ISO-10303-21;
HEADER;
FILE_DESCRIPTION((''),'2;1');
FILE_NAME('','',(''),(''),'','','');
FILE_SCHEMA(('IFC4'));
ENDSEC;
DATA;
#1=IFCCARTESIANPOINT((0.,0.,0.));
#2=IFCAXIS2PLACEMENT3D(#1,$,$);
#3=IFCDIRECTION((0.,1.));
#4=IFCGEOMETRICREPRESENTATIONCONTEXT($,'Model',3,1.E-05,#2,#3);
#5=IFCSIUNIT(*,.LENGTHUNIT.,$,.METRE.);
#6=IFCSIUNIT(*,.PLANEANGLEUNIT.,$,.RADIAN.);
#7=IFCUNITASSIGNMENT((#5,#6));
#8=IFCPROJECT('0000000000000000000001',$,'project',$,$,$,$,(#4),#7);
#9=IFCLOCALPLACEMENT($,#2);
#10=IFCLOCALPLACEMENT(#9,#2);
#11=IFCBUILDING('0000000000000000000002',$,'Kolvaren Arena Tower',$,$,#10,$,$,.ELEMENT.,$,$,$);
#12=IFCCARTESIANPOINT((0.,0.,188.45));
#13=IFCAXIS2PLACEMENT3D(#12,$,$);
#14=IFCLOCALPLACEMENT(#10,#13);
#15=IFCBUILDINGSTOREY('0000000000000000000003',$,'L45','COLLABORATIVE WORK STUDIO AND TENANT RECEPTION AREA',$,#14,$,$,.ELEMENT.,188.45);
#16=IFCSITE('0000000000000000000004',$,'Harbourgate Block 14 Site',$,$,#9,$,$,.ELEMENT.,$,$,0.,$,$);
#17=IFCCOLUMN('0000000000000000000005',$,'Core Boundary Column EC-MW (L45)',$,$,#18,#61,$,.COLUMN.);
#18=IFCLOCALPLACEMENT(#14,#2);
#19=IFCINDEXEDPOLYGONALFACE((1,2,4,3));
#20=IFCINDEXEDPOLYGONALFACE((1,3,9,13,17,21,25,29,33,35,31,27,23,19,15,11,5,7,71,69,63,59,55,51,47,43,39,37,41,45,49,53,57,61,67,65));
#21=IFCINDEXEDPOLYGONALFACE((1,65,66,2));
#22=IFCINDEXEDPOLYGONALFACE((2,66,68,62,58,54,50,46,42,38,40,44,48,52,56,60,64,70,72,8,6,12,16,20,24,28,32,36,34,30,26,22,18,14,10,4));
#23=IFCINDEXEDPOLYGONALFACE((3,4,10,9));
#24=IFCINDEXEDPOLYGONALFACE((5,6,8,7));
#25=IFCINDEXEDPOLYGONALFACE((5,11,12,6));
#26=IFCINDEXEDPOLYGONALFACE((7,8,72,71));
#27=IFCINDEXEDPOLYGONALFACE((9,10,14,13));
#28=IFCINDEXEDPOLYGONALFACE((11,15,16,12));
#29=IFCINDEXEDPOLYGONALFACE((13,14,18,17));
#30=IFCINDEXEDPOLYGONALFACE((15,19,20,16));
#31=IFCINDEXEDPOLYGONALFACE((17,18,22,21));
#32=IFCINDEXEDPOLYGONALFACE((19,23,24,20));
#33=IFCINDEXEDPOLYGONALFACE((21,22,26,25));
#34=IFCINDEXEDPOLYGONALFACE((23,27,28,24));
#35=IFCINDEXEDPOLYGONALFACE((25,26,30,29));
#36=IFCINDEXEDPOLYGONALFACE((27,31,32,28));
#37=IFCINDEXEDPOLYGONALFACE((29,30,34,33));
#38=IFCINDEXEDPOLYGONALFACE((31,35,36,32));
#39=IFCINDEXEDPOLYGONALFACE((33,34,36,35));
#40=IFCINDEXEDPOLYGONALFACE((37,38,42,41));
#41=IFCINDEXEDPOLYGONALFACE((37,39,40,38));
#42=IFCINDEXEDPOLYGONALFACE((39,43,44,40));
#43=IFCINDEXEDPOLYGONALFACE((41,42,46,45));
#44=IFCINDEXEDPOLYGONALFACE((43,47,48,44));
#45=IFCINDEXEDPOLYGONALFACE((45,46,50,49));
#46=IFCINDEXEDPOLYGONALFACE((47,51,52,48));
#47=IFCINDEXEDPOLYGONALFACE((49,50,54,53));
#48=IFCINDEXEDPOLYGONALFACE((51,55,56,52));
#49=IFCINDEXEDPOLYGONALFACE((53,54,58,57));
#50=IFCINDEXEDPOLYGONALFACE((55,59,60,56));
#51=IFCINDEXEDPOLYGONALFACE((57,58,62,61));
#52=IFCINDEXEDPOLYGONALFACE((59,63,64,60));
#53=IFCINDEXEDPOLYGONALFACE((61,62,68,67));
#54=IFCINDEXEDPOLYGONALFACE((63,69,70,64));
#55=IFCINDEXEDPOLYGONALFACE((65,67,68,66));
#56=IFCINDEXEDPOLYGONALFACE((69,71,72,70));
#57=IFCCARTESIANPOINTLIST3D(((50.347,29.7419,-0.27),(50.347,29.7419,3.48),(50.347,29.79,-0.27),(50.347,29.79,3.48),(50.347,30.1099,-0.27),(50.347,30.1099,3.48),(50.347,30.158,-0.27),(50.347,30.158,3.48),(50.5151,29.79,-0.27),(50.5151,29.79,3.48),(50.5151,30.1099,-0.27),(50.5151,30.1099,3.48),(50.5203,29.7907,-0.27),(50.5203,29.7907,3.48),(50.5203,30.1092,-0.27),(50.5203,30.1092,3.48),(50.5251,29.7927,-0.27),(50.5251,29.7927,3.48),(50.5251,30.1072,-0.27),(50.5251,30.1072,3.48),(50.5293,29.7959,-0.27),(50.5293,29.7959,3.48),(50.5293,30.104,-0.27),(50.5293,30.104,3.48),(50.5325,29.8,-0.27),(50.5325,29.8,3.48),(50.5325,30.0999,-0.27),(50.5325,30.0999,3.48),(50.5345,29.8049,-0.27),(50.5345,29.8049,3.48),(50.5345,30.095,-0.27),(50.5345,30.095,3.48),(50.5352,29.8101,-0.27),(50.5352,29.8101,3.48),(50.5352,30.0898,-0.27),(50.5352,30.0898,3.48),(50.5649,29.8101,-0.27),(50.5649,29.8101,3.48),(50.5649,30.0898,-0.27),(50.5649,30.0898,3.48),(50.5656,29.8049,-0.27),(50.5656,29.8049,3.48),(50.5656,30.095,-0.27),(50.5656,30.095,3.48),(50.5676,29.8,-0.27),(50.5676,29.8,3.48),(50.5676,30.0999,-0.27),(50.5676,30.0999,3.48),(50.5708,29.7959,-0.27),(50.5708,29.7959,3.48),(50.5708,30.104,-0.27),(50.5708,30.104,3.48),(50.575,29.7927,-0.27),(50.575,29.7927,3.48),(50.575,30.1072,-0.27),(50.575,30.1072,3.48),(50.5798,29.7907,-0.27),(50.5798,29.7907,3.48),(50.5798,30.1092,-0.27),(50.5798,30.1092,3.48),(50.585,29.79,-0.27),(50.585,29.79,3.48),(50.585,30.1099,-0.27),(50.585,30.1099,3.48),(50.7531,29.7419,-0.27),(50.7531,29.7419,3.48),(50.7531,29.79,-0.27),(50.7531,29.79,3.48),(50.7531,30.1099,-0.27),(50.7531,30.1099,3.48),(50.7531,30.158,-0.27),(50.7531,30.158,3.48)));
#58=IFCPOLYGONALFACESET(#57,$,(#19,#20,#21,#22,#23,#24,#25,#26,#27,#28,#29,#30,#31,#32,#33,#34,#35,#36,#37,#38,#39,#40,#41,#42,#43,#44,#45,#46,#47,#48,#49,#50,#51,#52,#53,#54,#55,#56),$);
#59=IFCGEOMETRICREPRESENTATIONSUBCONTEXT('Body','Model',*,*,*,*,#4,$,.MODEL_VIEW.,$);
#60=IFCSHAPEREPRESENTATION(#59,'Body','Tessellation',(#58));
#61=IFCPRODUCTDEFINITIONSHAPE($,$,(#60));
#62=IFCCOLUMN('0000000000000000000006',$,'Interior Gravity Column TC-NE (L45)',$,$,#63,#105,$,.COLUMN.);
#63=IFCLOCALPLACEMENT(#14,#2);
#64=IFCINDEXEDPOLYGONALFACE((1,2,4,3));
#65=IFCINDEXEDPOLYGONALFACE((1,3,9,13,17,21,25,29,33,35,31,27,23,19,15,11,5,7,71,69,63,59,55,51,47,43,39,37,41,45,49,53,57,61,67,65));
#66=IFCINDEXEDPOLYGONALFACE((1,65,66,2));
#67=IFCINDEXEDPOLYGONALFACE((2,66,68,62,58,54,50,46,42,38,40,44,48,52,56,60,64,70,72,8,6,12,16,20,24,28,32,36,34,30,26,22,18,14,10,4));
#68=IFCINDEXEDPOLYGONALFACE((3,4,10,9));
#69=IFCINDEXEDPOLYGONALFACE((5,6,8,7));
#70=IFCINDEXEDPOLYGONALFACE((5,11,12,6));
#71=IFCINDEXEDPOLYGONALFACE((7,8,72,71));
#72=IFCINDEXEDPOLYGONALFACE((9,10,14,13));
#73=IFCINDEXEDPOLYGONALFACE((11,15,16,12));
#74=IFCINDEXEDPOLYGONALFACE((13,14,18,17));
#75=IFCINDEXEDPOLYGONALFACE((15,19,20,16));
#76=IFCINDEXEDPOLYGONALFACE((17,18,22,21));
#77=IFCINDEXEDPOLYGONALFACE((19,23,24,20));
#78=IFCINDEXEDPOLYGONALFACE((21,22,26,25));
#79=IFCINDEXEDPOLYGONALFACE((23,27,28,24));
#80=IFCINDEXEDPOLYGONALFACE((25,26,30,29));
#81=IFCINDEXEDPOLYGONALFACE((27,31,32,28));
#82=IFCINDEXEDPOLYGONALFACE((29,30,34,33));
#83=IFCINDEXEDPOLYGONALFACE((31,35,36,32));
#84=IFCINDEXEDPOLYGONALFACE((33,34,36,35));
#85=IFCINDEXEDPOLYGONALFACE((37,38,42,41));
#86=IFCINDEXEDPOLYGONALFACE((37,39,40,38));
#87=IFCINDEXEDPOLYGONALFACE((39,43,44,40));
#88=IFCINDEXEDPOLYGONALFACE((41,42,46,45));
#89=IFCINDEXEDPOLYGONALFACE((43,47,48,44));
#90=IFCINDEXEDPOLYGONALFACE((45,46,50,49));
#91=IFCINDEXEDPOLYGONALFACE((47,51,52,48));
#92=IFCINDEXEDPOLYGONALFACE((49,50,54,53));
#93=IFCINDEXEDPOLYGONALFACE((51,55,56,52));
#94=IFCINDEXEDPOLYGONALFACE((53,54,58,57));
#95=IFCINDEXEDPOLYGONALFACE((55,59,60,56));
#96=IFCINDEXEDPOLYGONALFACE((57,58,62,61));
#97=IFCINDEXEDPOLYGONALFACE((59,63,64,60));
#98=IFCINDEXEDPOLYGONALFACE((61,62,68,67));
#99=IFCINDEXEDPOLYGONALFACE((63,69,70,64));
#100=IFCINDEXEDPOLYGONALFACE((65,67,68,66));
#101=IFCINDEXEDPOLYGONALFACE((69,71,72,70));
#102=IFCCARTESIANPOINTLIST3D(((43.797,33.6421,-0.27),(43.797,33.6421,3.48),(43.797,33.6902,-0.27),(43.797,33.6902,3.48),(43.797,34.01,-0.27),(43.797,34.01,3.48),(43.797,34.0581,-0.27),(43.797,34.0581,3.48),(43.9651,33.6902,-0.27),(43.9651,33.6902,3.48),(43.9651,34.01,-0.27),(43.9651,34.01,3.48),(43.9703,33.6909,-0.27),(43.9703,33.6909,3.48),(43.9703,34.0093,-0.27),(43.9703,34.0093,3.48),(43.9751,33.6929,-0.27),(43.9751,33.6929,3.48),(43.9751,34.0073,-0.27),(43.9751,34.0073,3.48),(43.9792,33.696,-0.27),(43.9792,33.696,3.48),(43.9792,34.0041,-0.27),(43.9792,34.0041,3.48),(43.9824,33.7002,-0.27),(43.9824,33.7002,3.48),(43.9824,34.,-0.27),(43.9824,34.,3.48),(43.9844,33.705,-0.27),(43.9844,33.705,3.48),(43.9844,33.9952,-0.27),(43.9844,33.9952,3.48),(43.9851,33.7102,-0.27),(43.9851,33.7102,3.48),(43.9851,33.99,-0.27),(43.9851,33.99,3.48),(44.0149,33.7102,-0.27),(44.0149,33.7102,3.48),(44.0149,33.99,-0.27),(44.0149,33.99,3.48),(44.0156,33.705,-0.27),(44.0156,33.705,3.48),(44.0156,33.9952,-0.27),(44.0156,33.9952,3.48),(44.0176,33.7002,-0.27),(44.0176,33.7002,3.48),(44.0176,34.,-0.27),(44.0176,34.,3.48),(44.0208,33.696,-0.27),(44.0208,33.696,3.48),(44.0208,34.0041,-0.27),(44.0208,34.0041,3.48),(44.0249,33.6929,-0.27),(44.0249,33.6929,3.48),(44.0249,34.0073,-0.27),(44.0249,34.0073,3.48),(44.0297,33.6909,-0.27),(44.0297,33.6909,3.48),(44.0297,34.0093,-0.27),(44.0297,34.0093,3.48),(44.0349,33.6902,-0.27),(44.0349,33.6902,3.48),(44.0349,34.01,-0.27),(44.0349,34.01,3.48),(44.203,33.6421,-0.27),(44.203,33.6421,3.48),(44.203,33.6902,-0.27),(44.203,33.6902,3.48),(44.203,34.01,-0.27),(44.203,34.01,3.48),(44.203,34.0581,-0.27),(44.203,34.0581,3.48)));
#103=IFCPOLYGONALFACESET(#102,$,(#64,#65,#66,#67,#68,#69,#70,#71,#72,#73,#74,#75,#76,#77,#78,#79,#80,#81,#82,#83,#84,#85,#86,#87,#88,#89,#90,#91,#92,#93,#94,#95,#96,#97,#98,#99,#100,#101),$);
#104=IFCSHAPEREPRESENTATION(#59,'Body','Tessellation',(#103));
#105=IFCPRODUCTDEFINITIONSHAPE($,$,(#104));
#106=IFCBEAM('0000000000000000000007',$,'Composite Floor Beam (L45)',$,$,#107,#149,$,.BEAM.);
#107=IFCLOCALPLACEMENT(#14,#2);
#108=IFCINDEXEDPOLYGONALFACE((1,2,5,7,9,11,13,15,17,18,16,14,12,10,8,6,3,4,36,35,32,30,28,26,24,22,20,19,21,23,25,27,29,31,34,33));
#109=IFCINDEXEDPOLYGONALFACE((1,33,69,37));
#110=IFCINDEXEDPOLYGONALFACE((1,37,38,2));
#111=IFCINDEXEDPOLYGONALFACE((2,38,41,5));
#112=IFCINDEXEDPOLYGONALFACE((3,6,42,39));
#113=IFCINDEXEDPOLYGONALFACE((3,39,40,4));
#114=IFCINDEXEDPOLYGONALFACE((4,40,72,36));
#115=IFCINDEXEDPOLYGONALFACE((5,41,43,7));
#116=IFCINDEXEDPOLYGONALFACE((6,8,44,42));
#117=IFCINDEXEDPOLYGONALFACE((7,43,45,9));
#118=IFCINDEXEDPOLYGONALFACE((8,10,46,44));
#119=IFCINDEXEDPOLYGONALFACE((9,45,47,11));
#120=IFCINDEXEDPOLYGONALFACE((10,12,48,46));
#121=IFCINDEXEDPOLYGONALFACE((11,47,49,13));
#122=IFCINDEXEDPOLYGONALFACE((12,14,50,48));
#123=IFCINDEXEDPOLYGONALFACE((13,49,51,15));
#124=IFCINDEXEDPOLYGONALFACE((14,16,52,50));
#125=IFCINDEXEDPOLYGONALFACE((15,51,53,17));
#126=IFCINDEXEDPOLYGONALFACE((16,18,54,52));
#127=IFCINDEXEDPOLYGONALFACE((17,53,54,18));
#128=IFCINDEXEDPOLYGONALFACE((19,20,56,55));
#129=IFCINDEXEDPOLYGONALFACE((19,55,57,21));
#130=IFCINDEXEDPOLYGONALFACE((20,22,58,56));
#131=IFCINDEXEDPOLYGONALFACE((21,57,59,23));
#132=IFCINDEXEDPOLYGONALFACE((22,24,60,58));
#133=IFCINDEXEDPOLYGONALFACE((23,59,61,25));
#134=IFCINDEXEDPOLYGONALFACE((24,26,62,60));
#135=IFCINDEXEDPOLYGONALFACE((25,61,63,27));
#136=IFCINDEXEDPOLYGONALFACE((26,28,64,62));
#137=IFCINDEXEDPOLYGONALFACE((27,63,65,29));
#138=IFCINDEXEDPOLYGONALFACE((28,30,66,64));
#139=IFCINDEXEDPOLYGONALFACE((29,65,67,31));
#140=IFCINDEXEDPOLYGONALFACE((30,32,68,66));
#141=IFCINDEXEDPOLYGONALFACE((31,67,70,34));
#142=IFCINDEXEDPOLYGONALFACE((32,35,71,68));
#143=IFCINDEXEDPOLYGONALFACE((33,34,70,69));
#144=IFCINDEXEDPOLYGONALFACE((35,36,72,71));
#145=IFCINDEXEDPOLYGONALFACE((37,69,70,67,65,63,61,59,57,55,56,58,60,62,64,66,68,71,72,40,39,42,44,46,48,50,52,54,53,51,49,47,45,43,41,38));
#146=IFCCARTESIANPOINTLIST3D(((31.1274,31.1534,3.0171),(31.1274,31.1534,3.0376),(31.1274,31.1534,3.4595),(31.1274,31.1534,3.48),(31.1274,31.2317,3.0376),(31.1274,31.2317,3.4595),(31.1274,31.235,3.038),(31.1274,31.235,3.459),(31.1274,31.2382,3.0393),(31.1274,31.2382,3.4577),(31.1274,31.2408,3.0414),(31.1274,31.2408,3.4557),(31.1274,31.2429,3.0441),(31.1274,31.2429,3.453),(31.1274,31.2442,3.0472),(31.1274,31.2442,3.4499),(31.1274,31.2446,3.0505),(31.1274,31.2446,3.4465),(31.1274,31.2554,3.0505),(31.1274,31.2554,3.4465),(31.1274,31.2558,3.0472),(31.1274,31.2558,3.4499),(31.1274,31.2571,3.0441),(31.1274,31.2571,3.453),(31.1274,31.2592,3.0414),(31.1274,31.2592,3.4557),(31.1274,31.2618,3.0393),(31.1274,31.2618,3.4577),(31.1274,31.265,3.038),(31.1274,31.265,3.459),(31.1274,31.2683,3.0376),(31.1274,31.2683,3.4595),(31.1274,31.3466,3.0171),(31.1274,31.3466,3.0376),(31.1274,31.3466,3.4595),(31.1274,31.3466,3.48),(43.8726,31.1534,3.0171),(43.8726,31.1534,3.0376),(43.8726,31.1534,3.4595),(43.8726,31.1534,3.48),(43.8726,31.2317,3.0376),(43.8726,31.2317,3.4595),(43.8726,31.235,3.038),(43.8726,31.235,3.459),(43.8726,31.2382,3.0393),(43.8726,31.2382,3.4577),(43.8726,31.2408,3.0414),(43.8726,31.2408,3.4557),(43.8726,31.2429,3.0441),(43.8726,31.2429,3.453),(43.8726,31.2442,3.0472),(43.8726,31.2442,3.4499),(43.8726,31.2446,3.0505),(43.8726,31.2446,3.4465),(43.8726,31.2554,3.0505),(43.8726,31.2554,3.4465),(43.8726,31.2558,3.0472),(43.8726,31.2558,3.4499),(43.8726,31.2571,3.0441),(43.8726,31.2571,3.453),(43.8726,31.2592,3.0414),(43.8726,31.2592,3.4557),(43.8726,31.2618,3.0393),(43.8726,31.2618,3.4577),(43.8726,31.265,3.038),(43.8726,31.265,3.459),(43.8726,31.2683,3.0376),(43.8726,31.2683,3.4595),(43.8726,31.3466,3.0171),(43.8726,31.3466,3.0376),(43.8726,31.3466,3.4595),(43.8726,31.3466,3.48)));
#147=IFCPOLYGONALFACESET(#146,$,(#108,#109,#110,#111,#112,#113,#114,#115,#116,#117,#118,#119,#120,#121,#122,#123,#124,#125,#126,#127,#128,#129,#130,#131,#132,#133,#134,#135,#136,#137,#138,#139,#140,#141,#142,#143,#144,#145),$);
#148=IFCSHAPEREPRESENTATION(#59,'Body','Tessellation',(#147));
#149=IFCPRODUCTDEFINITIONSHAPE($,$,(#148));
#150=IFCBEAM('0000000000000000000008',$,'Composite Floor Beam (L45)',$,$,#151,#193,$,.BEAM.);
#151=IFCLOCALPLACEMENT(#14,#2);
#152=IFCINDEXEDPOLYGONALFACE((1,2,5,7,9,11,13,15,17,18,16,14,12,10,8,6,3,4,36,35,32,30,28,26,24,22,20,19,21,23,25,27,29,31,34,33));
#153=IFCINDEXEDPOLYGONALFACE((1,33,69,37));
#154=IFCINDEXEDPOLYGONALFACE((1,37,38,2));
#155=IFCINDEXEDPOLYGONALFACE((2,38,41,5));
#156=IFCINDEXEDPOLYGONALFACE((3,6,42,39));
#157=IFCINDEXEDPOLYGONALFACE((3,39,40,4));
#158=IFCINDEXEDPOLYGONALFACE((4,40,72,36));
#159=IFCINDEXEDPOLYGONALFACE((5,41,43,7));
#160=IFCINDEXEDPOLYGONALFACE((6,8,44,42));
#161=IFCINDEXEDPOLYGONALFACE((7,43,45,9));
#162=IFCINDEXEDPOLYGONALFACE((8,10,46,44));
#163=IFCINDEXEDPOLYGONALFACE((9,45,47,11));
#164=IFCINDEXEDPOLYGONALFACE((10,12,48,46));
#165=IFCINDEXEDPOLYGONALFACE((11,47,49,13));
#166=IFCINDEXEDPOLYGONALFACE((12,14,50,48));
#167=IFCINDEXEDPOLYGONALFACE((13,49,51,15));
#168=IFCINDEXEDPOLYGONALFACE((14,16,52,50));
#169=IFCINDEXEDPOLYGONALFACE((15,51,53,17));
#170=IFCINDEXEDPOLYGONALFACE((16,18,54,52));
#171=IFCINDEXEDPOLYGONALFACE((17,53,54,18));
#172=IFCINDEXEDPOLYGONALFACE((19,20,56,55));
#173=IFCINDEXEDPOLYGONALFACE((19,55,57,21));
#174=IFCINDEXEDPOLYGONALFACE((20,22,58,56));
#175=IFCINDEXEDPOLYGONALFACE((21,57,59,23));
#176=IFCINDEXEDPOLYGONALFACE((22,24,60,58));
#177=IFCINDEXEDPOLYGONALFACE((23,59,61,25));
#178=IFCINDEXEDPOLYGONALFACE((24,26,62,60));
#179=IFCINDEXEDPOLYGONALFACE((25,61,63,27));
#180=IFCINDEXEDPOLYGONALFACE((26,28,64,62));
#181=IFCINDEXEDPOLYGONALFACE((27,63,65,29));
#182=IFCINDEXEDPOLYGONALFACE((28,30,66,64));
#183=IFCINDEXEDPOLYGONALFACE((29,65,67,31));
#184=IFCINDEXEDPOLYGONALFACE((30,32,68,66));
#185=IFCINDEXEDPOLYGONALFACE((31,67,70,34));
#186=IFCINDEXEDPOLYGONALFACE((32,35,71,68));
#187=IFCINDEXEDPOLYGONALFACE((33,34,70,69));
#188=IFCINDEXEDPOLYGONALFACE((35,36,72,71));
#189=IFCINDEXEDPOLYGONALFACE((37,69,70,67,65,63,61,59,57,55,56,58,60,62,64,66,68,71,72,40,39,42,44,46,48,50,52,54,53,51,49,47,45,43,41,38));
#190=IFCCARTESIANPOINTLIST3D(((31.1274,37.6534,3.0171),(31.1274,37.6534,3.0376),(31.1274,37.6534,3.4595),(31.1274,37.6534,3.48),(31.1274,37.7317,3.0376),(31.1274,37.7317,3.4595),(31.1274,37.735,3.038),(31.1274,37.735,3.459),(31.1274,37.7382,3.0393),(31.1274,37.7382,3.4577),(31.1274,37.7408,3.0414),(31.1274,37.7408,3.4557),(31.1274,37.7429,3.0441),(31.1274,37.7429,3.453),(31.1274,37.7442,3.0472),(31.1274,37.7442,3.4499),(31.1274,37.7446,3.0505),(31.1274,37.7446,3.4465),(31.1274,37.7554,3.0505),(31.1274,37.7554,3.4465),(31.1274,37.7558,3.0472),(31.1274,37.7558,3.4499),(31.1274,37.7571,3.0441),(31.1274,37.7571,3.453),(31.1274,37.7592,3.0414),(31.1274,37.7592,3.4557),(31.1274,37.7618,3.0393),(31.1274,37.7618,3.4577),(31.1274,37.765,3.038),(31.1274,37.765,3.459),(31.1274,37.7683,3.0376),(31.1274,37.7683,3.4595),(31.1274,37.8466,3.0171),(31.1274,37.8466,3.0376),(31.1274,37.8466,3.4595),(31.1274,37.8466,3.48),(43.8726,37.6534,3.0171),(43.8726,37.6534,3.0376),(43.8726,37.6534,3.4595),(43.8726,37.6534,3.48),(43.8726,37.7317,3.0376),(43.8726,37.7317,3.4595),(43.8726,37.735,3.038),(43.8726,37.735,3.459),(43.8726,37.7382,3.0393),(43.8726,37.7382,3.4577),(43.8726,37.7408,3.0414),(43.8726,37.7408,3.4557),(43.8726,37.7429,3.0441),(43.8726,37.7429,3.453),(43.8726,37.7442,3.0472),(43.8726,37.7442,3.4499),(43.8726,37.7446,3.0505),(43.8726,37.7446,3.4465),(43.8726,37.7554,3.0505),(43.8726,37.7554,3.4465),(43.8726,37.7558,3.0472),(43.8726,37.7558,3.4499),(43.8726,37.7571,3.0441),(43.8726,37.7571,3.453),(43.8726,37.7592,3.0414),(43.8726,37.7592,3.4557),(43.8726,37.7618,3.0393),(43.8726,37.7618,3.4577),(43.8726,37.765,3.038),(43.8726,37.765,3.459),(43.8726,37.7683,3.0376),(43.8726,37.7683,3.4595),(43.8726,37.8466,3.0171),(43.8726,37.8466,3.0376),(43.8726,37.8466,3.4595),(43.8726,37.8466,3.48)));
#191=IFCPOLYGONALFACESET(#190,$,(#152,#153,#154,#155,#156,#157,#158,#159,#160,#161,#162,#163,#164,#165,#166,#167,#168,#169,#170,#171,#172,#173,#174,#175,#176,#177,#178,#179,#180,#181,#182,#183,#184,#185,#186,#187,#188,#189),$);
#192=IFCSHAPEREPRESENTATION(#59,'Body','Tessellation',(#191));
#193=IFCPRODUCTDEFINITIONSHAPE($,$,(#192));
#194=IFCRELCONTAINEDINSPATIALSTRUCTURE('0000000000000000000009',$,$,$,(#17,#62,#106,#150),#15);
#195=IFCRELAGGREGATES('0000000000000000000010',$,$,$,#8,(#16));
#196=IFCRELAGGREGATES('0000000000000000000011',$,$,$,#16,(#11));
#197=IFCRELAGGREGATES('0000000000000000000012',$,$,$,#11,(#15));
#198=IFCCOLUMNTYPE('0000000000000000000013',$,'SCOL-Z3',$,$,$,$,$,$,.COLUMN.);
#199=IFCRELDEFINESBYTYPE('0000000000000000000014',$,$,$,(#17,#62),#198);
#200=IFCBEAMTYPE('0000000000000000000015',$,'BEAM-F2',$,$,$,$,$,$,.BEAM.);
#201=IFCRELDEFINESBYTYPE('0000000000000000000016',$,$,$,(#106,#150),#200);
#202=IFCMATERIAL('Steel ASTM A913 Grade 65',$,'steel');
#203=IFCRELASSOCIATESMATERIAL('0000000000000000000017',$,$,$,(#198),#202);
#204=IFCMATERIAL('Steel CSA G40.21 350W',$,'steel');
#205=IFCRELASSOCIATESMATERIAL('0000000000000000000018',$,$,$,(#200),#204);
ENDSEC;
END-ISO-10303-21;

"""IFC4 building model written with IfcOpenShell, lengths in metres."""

from ifc_helpers import new_model, si_unit, direction, frame, origin, origin_2d, place, context, subcontext, project, spatial, i_section, extrude, material, material_profile, profile_set, type_object, element, save


model = new_model("IFC4")

# Units and contexts
model_context = context("Model", 3, precision=1e-05, world=origin(), true_north=direction((0.0, 1.0)))
body_context = subcontext(model_context, "Body", "Model", "MODEL_VIEW")
ifc_project = project(units=[si_unit("LENGTHUNIT", "METRE"), si_unit("PLANEANGLEUNIT", "RADIAN")], contexts=[model_context])

# Site, building, storey
site_placement = place(None, origin())
site = spatial("IfcSite", under=ifc_project, at=site_placement, Name="Harbourgate Block 14 Site", CompositionType="ELEMENT", RefElevation=0.0)
building_placement = place(site_placement, origin())
building = spatial("IfcBuilding", under=site, at=building_placement, Name="Kolvaren Arena Tower", CompositionType="ELEMENT")
storey_placement = place(building_placement, frame((0.0, 0.0, 188.45)))
storey = spatial("IfcBuildingStorey", under=building, at=storey_placement, Name="L45", Description="COLLABORATIVE WORK STUDIO AND TENANT RECEPTION AREA", CompositionType="ELEMENT", Elevation=188.45)

# Columns
ifc_material_1 = material(Name="Steel ASTM A913 Grade 65", Category="steel")
ifc_material_profile_1 = material_profile(ifc_material_1, i_section(OverallWidth=0.406, OverallDepth=0.416, WebThickness=0.0298, FlangeThickness=0.0481, FilletRadius=0.02, at=origin_2d()), Name="W360x382")
ifc_profile_set_1 = profile_set([ifc_material_profile_1], Name="Steel ASTM A913 Grade 65")
column_type = type_object("IfcColumnType", Name="SCOL-Z3", PredefinedType="COLUMN", material=ifc_profile_set_1)
for number, where, z_axis, x_axis, name in (
    (1, (50.55, 29.95, -0.27), (0.0, 0.0, 1.0), (1.0, 0.0, 0.0), "Core Boundary Column EC-MW (L45)"),
    (2, (44.0, 33.8501, -0.27), (0.0, 0.0, 1.0), (1.0, 0.0, 0.0), "Interior Gravity Column TC-NE (L45)"),
):
    element("IfcColumn", number, at=place(storey_placement, frame(where, z_axis=z_axis, x_axis=x_axis)), inside=storey, type_object=column_type, Name=name, PredefinedType="COLUMN", context=body_context, shape_type="SweptSolid", body=[
        extrude(i_section(OverallWidth=0.406, OverallDepth=0.416, WebThickness=0.0298, FlangeThickness=0.0481, FilletRadius=0.02, at=origin_2d()), origin(), (0.0, 0.0, 1.0), 3.75),
    ])

# Beams
ifc_material_2 = material(Name="Steel CSA G40.21 350W", Category="steel")
ifc_material_profile_2 = material_profile(ifc_material_2, i_section(OverallWidth=0.1931, OverallDepth=0.4629, WebThickness=0.0107, FlangeThickness=0.0205, FilletRadius=0.0129, at=origin_2d()), Name="W460x113")
ifc_profile_set_2 = profile_set([ifc_material_profile_2], Name="Steel CSA G40.21 350W")
beam_type_1 = type_object("IfcBeamType", Name="BEAM-F2", PredefinedType="BEAM", material=ifc_profile_set_2)
for number, where, z_axis, x_axis, name in (
    (3, (31.1274, 31.25, 3.2485), (1.0, 0.0, 0.0), (0.0, 1.0, 0.0), "Composite Floor Beam (L45)"),
    (4, (31.1274, 37.75, 3.2485), (1.0, 0.0, 0.0), (0.0, 1.0, 0.0), "Composite Floor Beam (L45)"),
):
    element("IfcBeam", number, at=place(storey_placement, frame(where, z_axis=z_axis, x_axis=x_axis)), inside=storey, type_object=beam_type_1, Name=name, PredefinedType="BEAM", context=body_context, shape_type="SweptSolid", body=[
        extrude(i_section(OverallWidth=0.1931, OverallDepth=0.4629, WebThickness=0.0107, FlangeThickness=0.0205, FilletRadius=0.0129, at=origin_2d()), origin(), (0.0, 0.0, 1.0), 12.7451),
    ])

save(model, "model.ifc")
